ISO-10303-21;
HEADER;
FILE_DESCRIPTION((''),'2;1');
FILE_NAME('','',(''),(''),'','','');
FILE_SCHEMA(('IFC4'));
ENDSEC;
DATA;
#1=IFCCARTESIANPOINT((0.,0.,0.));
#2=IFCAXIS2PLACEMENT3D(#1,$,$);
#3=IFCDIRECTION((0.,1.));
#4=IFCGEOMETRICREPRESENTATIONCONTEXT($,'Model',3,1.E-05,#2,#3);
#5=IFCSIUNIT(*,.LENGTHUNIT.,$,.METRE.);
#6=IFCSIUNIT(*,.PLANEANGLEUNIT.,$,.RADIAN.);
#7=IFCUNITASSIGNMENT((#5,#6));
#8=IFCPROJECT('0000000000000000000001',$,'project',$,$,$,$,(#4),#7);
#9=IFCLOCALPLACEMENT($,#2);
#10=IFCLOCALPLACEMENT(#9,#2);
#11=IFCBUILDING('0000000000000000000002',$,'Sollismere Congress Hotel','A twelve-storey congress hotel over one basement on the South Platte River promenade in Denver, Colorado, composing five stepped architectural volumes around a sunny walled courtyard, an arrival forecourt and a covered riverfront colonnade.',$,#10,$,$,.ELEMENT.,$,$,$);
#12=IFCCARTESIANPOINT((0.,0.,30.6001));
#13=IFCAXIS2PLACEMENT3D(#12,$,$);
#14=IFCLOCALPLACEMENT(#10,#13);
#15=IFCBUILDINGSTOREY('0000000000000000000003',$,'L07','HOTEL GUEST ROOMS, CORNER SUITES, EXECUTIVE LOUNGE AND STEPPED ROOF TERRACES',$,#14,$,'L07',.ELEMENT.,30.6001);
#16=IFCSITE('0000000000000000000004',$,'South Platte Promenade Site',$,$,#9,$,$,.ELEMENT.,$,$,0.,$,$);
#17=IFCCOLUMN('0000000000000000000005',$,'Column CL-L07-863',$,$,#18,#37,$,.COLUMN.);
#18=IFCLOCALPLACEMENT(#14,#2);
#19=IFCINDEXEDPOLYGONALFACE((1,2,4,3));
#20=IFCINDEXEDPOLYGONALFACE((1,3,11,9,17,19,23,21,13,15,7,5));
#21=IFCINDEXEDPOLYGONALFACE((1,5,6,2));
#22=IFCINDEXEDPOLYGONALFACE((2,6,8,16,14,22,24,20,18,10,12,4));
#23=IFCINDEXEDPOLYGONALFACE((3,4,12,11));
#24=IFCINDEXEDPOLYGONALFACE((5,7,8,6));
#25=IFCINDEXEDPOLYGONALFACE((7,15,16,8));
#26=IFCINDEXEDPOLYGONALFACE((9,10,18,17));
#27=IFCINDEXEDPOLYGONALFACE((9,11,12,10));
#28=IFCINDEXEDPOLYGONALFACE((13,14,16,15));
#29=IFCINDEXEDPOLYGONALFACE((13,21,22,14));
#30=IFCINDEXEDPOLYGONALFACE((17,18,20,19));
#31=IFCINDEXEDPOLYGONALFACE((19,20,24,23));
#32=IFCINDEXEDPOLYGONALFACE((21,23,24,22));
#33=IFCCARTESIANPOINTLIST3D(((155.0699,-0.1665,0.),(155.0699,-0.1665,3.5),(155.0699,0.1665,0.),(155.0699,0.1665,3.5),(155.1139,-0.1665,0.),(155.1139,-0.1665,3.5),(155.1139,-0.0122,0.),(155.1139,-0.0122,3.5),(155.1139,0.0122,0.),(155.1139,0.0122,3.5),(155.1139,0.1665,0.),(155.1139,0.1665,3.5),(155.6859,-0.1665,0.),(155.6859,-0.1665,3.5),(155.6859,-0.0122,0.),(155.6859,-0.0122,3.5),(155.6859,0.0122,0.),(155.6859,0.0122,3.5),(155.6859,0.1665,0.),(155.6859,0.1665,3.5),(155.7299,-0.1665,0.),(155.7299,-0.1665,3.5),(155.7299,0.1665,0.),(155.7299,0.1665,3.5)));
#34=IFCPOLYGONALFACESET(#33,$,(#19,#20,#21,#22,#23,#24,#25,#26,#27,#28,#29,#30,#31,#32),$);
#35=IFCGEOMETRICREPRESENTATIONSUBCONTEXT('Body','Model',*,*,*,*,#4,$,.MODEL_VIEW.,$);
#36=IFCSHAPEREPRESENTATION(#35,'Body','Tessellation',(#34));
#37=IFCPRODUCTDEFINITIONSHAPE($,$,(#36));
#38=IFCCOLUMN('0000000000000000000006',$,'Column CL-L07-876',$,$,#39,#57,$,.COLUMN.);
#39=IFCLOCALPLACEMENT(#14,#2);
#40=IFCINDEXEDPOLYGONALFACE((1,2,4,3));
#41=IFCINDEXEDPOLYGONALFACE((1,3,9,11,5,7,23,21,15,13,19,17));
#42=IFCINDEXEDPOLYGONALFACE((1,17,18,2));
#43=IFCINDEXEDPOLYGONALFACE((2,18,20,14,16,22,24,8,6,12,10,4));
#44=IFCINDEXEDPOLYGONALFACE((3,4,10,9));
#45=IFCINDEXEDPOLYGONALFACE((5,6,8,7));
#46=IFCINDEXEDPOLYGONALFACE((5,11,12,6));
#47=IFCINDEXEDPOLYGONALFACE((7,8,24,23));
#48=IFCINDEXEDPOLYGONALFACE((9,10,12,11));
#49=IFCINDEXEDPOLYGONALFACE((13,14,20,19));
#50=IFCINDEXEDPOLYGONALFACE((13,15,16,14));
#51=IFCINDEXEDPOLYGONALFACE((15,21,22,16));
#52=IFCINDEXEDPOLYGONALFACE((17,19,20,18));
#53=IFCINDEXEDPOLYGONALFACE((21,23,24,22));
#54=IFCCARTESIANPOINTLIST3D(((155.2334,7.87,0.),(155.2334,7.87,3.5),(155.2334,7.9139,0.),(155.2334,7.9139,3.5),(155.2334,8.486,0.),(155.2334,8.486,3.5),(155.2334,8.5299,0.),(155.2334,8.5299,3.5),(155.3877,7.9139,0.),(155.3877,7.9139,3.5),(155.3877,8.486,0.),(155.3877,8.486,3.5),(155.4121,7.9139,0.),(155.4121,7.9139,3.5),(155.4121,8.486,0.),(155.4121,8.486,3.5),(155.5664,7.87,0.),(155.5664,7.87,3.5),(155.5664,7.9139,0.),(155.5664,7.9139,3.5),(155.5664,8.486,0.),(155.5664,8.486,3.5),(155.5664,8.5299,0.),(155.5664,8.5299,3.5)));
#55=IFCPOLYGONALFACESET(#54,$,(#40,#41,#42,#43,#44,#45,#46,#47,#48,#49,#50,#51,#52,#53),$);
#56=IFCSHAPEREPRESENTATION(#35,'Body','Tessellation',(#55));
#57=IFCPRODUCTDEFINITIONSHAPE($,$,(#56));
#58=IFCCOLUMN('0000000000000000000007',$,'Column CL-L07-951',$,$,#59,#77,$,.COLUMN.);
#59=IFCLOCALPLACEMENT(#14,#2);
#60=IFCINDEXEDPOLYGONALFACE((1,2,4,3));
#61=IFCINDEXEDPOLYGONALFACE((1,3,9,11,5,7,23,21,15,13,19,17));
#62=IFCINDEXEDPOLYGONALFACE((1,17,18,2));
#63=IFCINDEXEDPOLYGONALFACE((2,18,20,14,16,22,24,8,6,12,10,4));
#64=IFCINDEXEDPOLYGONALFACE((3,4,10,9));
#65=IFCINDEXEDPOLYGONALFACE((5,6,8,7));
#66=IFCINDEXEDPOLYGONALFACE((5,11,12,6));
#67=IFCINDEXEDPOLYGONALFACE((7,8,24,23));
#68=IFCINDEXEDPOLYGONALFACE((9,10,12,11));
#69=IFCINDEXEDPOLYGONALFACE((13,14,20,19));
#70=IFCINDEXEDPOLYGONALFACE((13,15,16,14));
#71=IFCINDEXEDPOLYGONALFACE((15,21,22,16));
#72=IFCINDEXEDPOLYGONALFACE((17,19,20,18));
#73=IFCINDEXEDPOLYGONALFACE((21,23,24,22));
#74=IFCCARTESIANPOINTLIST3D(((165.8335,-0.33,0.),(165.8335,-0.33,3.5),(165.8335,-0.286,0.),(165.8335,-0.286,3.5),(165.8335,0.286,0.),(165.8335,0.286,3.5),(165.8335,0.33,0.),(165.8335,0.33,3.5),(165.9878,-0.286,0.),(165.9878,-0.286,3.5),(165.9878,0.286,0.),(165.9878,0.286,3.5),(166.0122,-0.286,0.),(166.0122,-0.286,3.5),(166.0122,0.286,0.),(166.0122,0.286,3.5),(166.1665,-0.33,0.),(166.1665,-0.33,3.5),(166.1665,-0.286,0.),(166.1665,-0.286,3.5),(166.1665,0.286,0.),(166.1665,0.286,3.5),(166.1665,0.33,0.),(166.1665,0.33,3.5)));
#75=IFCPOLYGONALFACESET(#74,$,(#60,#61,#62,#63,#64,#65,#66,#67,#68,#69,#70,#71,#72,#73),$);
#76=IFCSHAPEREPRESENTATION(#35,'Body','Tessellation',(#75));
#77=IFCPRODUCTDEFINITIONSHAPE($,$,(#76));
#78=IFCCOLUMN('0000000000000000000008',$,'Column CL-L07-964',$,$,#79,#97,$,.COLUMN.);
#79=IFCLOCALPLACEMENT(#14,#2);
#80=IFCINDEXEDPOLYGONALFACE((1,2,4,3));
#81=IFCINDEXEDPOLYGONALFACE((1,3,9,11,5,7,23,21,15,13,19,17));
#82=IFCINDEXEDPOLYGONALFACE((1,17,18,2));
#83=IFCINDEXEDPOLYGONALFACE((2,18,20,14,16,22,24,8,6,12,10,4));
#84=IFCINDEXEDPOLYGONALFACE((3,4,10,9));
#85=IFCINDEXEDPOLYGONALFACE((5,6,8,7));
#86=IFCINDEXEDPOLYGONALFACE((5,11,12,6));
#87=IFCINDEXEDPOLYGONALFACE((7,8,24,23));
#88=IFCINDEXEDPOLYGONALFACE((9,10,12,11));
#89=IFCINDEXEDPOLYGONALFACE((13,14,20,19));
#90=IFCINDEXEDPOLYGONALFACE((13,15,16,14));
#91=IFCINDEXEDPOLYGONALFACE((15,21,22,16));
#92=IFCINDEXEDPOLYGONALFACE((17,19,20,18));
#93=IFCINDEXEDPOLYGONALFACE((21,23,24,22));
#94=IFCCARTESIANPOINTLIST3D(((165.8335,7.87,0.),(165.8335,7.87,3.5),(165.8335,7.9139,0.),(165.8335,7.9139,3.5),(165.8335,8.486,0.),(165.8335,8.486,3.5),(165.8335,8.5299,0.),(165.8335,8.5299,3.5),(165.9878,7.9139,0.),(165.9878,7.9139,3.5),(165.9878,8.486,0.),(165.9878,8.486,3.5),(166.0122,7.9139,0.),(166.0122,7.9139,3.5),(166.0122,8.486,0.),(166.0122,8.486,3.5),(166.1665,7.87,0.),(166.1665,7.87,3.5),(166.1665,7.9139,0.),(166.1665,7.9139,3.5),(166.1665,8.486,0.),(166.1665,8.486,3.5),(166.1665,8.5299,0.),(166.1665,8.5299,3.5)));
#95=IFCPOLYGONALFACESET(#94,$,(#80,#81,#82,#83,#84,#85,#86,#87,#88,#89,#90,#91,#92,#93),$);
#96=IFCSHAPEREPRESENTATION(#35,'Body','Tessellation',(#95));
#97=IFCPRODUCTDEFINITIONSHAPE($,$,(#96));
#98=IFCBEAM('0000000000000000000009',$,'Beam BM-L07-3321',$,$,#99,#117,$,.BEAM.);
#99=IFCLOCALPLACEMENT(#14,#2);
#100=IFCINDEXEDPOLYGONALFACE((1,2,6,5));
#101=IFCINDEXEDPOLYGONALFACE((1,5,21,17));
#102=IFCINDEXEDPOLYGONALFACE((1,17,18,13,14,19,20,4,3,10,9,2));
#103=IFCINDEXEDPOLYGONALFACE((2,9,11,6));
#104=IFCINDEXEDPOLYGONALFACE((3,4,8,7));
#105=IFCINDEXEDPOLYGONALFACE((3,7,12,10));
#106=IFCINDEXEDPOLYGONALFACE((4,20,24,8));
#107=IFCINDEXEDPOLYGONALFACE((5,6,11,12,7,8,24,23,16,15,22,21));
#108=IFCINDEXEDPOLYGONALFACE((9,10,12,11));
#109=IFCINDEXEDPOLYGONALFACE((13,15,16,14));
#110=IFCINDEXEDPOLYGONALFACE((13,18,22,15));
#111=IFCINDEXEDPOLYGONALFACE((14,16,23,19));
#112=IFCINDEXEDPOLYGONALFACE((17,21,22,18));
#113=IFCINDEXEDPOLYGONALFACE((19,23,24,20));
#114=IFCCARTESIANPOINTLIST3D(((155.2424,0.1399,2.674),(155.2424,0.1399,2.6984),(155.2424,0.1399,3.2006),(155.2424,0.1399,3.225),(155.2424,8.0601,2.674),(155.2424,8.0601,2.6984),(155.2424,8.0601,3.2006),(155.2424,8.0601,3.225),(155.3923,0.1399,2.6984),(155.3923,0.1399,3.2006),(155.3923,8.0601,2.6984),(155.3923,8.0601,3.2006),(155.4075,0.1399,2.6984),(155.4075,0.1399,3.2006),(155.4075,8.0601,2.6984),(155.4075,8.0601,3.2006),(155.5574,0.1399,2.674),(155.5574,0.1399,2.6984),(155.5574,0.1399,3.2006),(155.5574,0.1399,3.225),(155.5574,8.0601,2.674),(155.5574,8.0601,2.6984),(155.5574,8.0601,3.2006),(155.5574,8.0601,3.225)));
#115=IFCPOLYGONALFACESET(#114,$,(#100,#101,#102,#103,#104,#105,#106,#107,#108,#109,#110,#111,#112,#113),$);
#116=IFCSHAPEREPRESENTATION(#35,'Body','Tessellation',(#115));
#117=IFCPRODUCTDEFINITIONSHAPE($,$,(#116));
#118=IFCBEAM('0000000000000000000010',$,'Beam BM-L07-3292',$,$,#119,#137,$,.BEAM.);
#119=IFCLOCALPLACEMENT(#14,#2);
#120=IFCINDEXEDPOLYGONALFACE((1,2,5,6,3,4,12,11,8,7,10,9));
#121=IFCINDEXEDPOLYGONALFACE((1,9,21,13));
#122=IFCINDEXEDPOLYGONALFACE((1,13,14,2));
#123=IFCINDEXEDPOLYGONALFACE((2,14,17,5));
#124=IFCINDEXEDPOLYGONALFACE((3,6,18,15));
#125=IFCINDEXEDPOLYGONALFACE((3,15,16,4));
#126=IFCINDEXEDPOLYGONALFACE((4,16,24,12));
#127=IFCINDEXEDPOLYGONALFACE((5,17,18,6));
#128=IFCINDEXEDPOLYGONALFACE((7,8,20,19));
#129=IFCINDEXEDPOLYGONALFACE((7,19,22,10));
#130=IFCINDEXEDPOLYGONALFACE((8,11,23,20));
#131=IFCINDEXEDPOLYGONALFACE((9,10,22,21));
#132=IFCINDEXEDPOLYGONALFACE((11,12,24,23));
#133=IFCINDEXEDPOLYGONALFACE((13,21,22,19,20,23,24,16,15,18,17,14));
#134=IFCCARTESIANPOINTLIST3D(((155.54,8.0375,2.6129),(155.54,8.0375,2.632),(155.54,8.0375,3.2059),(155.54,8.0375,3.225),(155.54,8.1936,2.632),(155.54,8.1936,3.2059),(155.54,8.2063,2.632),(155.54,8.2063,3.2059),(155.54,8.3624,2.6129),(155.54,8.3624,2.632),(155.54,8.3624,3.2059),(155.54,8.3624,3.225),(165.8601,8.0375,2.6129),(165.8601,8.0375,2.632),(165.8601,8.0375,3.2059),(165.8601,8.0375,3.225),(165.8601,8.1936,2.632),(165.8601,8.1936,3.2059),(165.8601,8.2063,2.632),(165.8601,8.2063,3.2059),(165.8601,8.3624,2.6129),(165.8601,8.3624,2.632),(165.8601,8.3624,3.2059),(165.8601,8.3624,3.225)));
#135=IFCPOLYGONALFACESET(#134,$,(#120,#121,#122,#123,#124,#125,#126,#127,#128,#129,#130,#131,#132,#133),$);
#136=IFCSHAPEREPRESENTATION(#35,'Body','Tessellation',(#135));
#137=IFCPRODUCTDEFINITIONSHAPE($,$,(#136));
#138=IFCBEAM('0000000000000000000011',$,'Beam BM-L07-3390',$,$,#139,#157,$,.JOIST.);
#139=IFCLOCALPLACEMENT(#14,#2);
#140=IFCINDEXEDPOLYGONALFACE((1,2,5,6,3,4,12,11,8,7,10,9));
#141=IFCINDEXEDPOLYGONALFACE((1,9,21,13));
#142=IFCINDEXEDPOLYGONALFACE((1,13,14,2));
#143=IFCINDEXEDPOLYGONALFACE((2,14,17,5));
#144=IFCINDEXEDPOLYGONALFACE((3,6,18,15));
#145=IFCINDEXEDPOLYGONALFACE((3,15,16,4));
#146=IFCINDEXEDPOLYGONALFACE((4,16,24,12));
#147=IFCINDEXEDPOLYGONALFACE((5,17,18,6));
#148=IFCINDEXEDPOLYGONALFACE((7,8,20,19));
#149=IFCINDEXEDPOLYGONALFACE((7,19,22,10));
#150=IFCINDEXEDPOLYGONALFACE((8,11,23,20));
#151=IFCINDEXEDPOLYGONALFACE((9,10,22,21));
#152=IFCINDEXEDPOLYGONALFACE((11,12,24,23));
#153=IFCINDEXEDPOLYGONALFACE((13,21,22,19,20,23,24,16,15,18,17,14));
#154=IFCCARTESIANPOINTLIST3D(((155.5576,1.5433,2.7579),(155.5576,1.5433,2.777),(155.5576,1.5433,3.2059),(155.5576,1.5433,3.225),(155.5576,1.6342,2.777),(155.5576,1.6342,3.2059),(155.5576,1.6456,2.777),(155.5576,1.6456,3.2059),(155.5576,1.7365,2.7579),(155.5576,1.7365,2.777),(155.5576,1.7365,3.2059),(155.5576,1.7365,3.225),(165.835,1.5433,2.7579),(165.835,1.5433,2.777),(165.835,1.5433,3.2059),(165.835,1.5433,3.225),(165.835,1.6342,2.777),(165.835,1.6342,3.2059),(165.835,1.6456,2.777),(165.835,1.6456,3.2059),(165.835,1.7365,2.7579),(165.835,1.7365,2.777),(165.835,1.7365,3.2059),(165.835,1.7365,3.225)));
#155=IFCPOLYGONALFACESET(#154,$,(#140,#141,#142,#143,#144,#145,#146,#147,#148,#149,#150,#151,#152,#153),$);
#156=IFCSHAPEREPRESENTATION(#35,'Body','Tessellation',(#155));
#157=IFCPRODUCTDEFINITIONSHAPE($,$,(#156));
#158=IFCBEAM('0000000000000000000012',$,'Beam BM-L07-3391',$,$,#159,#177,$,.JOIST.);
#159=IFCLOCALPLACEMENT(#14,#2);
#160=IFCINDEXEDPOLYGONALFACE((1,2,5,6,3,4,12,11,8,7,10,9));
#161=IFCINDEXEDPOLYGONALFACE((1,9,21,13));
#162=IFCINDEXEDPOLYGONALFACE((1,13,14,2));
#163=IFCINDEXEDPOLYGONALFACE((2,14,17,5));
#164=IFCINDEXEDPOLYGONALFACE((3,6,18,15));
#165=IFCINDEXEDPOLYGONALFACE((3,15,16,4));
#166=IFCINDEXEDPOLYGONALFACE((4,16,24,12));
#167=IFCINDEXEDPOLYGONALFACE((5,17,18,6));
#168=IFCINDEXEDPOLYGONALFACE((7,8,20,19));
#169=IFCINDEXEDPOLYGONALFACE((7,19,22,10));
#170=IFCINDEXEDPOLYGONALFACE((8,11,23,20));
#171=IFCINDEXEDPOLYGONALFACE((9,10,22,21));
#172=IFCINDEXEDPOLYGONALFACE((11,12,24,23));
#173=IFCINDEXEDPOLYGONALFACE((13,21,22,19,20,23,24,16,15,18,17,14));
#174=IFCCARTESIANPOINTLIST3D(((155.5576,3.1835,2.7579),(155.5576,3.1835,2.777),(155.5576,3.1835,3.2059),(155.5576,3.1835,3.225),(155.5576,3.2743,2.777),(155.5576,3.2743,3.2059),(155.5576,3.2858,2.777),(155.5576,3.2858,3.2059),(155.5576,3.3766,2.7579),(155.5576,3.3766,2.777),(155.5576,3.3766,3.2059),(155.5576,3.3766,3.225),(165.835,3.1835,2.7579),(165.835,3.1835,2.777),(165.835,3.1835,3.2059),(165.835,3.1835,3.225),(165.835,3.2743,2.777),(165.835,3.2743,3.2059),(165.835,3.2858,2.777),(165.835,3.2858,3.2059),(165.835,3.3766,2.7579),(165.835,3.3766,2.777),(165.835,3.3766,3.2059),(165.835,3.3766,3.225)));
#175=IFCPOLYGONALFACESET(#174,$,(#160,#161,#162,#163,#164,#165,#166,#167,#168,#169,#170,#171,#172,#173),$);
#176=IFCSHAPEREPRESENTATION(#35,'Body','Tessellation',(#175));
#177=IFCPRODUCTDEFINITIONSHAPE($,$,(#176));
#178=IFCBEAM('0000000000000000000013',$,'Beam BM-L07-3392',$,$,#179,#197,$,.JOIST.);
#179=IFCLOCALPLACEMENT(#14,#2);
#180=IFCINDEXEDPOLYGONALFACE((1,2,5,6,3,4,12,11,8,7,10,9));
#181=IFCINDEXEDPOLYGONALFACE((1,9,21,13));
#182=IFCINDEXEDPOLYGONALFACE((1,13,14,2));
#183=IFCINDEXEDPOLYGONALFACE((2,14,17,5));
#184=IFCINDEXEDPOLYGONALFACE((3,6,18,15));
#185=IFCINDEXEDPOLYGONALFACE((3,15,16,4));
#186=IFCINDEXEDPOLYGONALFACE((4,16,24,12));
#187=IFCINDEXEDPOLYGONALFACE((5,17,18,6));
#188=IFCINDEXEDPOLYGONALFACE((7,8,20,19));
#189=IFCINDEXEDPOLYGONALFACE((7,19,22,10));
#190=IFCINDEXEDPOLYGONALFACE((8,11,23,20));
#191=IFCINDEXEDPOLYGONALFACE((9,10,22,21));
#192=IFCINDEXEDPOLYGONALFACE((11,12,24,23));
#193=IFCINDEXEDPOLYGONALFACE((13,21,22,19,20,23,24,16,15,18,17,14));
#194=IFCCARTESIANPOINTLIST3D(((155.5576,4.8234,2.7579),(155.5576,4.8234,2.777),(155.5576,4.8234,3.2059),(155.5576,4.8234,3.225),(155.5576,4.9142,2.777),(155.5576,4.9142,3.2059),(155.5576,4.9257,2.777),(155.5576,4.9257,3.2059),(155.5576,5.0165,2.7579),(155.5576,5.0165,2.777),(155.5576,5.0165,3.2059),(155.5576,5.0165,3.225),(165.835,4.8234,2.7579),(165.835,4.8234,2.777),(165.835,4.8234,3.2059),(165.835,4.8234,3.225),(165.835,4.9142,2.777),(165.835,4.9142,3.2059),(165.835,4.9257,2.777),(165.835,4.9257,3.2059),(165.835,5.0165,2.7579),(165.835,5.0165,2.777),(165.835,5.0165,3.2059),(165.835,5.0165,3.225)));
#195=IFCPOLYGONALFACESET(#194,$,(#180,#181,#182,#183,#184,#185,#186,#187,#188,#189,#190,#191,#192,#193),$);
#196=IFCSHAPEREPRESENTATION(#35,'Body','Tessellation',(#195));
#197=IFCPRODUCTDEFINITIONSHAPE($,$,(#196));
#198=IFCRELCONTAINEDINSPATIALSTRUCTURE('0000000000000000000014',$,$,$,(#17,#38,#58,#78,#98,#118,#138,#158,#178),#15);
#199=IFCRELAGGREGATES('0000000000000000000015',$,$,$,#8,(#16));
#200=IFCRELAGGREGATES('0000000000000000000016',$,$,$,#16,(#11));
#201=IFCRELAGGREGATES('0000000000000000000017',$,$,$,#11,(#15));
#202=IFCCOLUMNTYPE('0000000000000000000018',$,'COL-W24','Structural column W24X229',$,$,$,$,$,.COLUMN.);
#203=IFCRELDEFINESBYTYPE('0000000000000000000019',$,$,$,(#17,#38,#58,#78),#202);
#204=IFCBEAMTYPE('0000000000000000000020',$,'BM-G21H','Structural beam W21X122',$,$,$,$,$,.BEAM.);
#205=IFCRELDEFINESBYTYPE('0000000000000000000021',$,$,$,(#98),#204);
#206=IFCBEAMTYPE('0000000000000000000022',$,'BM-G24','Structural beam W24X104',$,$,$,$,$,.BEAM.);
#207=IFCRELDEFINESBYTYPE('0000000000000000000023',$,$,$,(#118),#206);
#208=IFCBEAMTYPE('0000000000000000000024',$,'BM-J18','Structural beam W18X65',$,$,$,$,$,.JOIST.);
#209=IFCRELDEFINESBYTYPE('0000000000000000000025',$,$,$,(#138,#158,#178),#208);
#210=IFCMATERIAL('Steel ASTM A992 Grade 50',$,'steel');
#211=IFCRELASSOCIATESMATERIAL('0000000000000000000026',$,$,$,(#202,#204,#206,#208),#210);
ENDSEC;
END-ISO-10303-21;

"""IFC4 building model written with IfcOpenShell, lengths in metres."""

from ifc_helpers import new_model, si_unit, direction, frame, origin, origin_2d, place, context, subcontext, project, spatial, i_section, extrude, material, material_profile, profile_set, type_object, element, save


model = new_model("IFC4")

# Units and contexts
model_context = context("Model", 3, precision=1e-05, world=origin(), true_north=direction((0.0, 1.0)))
body_context = subcontext(model_context, "Body", "Model", "MODEL_VIEW")
ifc_project = project(units=[si_unit("LENGTHUNIT", "METRE"), si_unit("PLANEANGLEUNIT", "RADIAN")], contexts=[model_context])

# Site, building, storey
site_placement = place(None, origin())
site = spatial("IfcSite", under=ifc_project, at=site_placement, Name="South Platte Promenade Site", CompositionType="ELEMENT", RefElevation=0.0)
building_placement = place(site_placement, origin())
building = spatial("IfcBuilding", under=site, at=building_placement, Name="Sollismere Congress Hotel", Description="A twelve-storey congress hotel over one basement on the South Platte River promenade in Denver, Colorado, composing five stepped architectural volumes around a sunny walled courtyard, an arrival forecourt and a covered riverfront colonnade.", CompositionType="ELEMENT")
storey_placement = place(building_placement, frame((0.0, 0.0, 30.6001)))
storey = spatial("IfcBuildingStorey", under=building, at=storey_placement, Name="L07", Description="HOTEL GUEST ROOMS, CORNER SUITES, EXECUTIVE LOUNGE AND STEPPED ROOF TERRACES", LongName="L07", CompositionType="ELEMENT", Elevation=30.6001)

# Columns
ifc_material_1 = material(Name="Steel ASTM A992 Grade 50", Category="steel")
ifc_material_profile_1 = material_profile(ifc_material_1, i_section(OverallWidth=0.333, OverallDepth=0.6599, WebThickness=0.0244, FlangeThickness=0.0439, at=origin_2d()), Name="W24X229")
ifc_profile_set_1 = profile_set([ifc_material_profile_1], Name="Steel ASTM A992 Grade 50")
column_type = type_object("IfcColumnType", Name="COL-W24", Description="Structural column W24X229", PredefinedType="COLUMN", material=ifc_profile_set_1)
for number, where, z_axis, x_axis, name in (
    (1, (155.3999, 0.0, 0.0), (0.0, 0.0, 1.0), (0.0, 1.0, 0.0), "Column CL-L07-863"),
    (2, (155.3999, 8.2, 0.0), (0.0, 0.0, 1.0), (1.0, 0.0, 0.0), "Column CL-L07-876"),
    (3, (166.0, 0.0, 0.0), (0.0, 0.0, 1.0), (1.0, 0.0, 0.0), "Column CL-L07-951"),
    (4, (166.0, 8.2, 0.0), (0.0, 0.0, 1.0), (1.0, 0.0, 0.0), "Column CL-L07-964"),
):
    element("IfcColumn", number, at=place(storey_placement, frame(where, z_axis=z_axis, x_axis=x_axis)), inside=storey, type_object=column_type, Name=name, PredefinedType="COLUMN", context=body_context, shape_type="SweptSolid", body=[
        extrude(i_section(OverallWidth=0.333, OverallDepth=0.6599, WebThickness=0.0244, FlangeThickness=0.0439, at=origin_2d()), origin(), (0.0, 0.0, 1.0), 3.5),
    ])

# Beams
ifc_material_profile_2 = material_profile(ifc_material_1, i_section(OverallWidth=0.3149, OverallDepth=0.551, WebThickness=0.0151, FlangeThickness=0.0244, at=origin_2d()), Name="W21X122")
ifc_profile_set_2 = profile_set([ifc_material_profile_2], Name="Steel ASTM A992 Grade 50")
beam_type_1 = type_object("IfcBeamType", Name="BM-G21H", Description="Structural beam W21X122", PredefinedType="BEAM", material=ifc_profile_set_2)
beam_1_placement = place(storey_placement, frame((155.3999, 0.1399, 2.9495), z_axis=(0.0, 1.0, 0.0), x_axis=(-1.0, 0.0, 0.0)))
element("IfcBeam", 5, at=beam_1_placement, inside=storey, type_object=beam_type_1, Name="Beam BM-L07-3321", PredefinedType="BEAM", context=body_context, shape_type="SweptSolid", body=[
    extrude(i_section(OverallWidth=0.3149, OverallDepth=0.551, WebThickness=0.0151, FlangeThickness=0.0244, at=origin_2d()), origin(), (0.0, 0.0, 1.0), 7.9202),
])
ifc_material_profile_3 = material_profile(ifc_material_1, i_section(OverallWidth=0.325, OverallDepth=0.6121, WebThickness=0.0127, FlangeThickness=0.019, at=origin_2d()), Name="W24X104")
ifc_profile_set_3 = profile_set([ifc_material_profile_3], Name="Steel ASTM A992 Grade 50")
beam_type_2 = type_object("IfcBeamType", Name="BM-G24", Description="Structural beam W24X104", PredefinedType="BEAM", material=ifc_profile_set_3)
beam_2_placement = place(storey_placement, frame((155.54, 8.2, 2.9189), z_axis=(1.0, 0.0, 0.0), x_axis=(0.0, 1.0, 0.0)))
element("IfcBeam", 6, at=beam_2_placement, inside=storey, type_object=beam_type_2, Name="Beam BM-L07-3292", PredefinedType="BEAM", context=body_context, shape_type="SweptSolid", body=[
    extrude(i_section(OverallWidth=0.325, OverallDepth=0.6121, WebThickness=0.0127, FlangeThickness=0.019, at=origin_2d()), origin(), (0.0, 0.0, 1.0), 10.3201),
])
ifc_material_profile_4 = material_profile(ifc_material_1, i_section(OverallWidth=0.1931, OverallDepth=0.467, WebThickness=0.0115, FlangeThickness=0.019, at=origin_2d()), Name="W18X65")
ifc_profile_set_4 = profile_set([ifc_material_profile_4], Name="Steel ASTM A992 Grade 50")
beam_type_3 = type_object("IfcBeamType", Name="BM-J18", Description="Structural beam W18X65", PredefinedType="JOIST", material=ifc_profile_set_4)
for number, where, z_axis, x_axis, name in (
    (7, (155.5576, 1.6399, 2.9915), (1.0, 0.0, 0.0), (0.0, 1.0, 0.0), "Beam BM-L07-3390"),
    (8, (155.5576, 3.28, 2.9915), (1.0, 0.0, 0.0), (0.0, 1.0, 0.0), "Beam BM-L07-3391"),
    (9, (155.5576, 4.9199, 2.9915), (1.0, 0.0, 0.0), (0.0, 1.0, 0.0), "Beam BM-L07-3392"),
):
    element("IfcBeam", number, at=place(storey_placement, frame(where, z_axis=z_axis, x_axis=x_axis)), inside=storey, type_object=beam_type_3, Name=name, PredefinedType="JOIST", context=body_context, shape_type="SweptSolid", body=[
        extrude(i_section(OverallWidth=0.1931, OverallDepth=0.467, WebThickness=0.0115, FlangeThickness=0.019, at=origin_2d()), origin(), (0.0, 0.0, 1.0), 10.2773),
    ])

save(model, "model.ifc")
